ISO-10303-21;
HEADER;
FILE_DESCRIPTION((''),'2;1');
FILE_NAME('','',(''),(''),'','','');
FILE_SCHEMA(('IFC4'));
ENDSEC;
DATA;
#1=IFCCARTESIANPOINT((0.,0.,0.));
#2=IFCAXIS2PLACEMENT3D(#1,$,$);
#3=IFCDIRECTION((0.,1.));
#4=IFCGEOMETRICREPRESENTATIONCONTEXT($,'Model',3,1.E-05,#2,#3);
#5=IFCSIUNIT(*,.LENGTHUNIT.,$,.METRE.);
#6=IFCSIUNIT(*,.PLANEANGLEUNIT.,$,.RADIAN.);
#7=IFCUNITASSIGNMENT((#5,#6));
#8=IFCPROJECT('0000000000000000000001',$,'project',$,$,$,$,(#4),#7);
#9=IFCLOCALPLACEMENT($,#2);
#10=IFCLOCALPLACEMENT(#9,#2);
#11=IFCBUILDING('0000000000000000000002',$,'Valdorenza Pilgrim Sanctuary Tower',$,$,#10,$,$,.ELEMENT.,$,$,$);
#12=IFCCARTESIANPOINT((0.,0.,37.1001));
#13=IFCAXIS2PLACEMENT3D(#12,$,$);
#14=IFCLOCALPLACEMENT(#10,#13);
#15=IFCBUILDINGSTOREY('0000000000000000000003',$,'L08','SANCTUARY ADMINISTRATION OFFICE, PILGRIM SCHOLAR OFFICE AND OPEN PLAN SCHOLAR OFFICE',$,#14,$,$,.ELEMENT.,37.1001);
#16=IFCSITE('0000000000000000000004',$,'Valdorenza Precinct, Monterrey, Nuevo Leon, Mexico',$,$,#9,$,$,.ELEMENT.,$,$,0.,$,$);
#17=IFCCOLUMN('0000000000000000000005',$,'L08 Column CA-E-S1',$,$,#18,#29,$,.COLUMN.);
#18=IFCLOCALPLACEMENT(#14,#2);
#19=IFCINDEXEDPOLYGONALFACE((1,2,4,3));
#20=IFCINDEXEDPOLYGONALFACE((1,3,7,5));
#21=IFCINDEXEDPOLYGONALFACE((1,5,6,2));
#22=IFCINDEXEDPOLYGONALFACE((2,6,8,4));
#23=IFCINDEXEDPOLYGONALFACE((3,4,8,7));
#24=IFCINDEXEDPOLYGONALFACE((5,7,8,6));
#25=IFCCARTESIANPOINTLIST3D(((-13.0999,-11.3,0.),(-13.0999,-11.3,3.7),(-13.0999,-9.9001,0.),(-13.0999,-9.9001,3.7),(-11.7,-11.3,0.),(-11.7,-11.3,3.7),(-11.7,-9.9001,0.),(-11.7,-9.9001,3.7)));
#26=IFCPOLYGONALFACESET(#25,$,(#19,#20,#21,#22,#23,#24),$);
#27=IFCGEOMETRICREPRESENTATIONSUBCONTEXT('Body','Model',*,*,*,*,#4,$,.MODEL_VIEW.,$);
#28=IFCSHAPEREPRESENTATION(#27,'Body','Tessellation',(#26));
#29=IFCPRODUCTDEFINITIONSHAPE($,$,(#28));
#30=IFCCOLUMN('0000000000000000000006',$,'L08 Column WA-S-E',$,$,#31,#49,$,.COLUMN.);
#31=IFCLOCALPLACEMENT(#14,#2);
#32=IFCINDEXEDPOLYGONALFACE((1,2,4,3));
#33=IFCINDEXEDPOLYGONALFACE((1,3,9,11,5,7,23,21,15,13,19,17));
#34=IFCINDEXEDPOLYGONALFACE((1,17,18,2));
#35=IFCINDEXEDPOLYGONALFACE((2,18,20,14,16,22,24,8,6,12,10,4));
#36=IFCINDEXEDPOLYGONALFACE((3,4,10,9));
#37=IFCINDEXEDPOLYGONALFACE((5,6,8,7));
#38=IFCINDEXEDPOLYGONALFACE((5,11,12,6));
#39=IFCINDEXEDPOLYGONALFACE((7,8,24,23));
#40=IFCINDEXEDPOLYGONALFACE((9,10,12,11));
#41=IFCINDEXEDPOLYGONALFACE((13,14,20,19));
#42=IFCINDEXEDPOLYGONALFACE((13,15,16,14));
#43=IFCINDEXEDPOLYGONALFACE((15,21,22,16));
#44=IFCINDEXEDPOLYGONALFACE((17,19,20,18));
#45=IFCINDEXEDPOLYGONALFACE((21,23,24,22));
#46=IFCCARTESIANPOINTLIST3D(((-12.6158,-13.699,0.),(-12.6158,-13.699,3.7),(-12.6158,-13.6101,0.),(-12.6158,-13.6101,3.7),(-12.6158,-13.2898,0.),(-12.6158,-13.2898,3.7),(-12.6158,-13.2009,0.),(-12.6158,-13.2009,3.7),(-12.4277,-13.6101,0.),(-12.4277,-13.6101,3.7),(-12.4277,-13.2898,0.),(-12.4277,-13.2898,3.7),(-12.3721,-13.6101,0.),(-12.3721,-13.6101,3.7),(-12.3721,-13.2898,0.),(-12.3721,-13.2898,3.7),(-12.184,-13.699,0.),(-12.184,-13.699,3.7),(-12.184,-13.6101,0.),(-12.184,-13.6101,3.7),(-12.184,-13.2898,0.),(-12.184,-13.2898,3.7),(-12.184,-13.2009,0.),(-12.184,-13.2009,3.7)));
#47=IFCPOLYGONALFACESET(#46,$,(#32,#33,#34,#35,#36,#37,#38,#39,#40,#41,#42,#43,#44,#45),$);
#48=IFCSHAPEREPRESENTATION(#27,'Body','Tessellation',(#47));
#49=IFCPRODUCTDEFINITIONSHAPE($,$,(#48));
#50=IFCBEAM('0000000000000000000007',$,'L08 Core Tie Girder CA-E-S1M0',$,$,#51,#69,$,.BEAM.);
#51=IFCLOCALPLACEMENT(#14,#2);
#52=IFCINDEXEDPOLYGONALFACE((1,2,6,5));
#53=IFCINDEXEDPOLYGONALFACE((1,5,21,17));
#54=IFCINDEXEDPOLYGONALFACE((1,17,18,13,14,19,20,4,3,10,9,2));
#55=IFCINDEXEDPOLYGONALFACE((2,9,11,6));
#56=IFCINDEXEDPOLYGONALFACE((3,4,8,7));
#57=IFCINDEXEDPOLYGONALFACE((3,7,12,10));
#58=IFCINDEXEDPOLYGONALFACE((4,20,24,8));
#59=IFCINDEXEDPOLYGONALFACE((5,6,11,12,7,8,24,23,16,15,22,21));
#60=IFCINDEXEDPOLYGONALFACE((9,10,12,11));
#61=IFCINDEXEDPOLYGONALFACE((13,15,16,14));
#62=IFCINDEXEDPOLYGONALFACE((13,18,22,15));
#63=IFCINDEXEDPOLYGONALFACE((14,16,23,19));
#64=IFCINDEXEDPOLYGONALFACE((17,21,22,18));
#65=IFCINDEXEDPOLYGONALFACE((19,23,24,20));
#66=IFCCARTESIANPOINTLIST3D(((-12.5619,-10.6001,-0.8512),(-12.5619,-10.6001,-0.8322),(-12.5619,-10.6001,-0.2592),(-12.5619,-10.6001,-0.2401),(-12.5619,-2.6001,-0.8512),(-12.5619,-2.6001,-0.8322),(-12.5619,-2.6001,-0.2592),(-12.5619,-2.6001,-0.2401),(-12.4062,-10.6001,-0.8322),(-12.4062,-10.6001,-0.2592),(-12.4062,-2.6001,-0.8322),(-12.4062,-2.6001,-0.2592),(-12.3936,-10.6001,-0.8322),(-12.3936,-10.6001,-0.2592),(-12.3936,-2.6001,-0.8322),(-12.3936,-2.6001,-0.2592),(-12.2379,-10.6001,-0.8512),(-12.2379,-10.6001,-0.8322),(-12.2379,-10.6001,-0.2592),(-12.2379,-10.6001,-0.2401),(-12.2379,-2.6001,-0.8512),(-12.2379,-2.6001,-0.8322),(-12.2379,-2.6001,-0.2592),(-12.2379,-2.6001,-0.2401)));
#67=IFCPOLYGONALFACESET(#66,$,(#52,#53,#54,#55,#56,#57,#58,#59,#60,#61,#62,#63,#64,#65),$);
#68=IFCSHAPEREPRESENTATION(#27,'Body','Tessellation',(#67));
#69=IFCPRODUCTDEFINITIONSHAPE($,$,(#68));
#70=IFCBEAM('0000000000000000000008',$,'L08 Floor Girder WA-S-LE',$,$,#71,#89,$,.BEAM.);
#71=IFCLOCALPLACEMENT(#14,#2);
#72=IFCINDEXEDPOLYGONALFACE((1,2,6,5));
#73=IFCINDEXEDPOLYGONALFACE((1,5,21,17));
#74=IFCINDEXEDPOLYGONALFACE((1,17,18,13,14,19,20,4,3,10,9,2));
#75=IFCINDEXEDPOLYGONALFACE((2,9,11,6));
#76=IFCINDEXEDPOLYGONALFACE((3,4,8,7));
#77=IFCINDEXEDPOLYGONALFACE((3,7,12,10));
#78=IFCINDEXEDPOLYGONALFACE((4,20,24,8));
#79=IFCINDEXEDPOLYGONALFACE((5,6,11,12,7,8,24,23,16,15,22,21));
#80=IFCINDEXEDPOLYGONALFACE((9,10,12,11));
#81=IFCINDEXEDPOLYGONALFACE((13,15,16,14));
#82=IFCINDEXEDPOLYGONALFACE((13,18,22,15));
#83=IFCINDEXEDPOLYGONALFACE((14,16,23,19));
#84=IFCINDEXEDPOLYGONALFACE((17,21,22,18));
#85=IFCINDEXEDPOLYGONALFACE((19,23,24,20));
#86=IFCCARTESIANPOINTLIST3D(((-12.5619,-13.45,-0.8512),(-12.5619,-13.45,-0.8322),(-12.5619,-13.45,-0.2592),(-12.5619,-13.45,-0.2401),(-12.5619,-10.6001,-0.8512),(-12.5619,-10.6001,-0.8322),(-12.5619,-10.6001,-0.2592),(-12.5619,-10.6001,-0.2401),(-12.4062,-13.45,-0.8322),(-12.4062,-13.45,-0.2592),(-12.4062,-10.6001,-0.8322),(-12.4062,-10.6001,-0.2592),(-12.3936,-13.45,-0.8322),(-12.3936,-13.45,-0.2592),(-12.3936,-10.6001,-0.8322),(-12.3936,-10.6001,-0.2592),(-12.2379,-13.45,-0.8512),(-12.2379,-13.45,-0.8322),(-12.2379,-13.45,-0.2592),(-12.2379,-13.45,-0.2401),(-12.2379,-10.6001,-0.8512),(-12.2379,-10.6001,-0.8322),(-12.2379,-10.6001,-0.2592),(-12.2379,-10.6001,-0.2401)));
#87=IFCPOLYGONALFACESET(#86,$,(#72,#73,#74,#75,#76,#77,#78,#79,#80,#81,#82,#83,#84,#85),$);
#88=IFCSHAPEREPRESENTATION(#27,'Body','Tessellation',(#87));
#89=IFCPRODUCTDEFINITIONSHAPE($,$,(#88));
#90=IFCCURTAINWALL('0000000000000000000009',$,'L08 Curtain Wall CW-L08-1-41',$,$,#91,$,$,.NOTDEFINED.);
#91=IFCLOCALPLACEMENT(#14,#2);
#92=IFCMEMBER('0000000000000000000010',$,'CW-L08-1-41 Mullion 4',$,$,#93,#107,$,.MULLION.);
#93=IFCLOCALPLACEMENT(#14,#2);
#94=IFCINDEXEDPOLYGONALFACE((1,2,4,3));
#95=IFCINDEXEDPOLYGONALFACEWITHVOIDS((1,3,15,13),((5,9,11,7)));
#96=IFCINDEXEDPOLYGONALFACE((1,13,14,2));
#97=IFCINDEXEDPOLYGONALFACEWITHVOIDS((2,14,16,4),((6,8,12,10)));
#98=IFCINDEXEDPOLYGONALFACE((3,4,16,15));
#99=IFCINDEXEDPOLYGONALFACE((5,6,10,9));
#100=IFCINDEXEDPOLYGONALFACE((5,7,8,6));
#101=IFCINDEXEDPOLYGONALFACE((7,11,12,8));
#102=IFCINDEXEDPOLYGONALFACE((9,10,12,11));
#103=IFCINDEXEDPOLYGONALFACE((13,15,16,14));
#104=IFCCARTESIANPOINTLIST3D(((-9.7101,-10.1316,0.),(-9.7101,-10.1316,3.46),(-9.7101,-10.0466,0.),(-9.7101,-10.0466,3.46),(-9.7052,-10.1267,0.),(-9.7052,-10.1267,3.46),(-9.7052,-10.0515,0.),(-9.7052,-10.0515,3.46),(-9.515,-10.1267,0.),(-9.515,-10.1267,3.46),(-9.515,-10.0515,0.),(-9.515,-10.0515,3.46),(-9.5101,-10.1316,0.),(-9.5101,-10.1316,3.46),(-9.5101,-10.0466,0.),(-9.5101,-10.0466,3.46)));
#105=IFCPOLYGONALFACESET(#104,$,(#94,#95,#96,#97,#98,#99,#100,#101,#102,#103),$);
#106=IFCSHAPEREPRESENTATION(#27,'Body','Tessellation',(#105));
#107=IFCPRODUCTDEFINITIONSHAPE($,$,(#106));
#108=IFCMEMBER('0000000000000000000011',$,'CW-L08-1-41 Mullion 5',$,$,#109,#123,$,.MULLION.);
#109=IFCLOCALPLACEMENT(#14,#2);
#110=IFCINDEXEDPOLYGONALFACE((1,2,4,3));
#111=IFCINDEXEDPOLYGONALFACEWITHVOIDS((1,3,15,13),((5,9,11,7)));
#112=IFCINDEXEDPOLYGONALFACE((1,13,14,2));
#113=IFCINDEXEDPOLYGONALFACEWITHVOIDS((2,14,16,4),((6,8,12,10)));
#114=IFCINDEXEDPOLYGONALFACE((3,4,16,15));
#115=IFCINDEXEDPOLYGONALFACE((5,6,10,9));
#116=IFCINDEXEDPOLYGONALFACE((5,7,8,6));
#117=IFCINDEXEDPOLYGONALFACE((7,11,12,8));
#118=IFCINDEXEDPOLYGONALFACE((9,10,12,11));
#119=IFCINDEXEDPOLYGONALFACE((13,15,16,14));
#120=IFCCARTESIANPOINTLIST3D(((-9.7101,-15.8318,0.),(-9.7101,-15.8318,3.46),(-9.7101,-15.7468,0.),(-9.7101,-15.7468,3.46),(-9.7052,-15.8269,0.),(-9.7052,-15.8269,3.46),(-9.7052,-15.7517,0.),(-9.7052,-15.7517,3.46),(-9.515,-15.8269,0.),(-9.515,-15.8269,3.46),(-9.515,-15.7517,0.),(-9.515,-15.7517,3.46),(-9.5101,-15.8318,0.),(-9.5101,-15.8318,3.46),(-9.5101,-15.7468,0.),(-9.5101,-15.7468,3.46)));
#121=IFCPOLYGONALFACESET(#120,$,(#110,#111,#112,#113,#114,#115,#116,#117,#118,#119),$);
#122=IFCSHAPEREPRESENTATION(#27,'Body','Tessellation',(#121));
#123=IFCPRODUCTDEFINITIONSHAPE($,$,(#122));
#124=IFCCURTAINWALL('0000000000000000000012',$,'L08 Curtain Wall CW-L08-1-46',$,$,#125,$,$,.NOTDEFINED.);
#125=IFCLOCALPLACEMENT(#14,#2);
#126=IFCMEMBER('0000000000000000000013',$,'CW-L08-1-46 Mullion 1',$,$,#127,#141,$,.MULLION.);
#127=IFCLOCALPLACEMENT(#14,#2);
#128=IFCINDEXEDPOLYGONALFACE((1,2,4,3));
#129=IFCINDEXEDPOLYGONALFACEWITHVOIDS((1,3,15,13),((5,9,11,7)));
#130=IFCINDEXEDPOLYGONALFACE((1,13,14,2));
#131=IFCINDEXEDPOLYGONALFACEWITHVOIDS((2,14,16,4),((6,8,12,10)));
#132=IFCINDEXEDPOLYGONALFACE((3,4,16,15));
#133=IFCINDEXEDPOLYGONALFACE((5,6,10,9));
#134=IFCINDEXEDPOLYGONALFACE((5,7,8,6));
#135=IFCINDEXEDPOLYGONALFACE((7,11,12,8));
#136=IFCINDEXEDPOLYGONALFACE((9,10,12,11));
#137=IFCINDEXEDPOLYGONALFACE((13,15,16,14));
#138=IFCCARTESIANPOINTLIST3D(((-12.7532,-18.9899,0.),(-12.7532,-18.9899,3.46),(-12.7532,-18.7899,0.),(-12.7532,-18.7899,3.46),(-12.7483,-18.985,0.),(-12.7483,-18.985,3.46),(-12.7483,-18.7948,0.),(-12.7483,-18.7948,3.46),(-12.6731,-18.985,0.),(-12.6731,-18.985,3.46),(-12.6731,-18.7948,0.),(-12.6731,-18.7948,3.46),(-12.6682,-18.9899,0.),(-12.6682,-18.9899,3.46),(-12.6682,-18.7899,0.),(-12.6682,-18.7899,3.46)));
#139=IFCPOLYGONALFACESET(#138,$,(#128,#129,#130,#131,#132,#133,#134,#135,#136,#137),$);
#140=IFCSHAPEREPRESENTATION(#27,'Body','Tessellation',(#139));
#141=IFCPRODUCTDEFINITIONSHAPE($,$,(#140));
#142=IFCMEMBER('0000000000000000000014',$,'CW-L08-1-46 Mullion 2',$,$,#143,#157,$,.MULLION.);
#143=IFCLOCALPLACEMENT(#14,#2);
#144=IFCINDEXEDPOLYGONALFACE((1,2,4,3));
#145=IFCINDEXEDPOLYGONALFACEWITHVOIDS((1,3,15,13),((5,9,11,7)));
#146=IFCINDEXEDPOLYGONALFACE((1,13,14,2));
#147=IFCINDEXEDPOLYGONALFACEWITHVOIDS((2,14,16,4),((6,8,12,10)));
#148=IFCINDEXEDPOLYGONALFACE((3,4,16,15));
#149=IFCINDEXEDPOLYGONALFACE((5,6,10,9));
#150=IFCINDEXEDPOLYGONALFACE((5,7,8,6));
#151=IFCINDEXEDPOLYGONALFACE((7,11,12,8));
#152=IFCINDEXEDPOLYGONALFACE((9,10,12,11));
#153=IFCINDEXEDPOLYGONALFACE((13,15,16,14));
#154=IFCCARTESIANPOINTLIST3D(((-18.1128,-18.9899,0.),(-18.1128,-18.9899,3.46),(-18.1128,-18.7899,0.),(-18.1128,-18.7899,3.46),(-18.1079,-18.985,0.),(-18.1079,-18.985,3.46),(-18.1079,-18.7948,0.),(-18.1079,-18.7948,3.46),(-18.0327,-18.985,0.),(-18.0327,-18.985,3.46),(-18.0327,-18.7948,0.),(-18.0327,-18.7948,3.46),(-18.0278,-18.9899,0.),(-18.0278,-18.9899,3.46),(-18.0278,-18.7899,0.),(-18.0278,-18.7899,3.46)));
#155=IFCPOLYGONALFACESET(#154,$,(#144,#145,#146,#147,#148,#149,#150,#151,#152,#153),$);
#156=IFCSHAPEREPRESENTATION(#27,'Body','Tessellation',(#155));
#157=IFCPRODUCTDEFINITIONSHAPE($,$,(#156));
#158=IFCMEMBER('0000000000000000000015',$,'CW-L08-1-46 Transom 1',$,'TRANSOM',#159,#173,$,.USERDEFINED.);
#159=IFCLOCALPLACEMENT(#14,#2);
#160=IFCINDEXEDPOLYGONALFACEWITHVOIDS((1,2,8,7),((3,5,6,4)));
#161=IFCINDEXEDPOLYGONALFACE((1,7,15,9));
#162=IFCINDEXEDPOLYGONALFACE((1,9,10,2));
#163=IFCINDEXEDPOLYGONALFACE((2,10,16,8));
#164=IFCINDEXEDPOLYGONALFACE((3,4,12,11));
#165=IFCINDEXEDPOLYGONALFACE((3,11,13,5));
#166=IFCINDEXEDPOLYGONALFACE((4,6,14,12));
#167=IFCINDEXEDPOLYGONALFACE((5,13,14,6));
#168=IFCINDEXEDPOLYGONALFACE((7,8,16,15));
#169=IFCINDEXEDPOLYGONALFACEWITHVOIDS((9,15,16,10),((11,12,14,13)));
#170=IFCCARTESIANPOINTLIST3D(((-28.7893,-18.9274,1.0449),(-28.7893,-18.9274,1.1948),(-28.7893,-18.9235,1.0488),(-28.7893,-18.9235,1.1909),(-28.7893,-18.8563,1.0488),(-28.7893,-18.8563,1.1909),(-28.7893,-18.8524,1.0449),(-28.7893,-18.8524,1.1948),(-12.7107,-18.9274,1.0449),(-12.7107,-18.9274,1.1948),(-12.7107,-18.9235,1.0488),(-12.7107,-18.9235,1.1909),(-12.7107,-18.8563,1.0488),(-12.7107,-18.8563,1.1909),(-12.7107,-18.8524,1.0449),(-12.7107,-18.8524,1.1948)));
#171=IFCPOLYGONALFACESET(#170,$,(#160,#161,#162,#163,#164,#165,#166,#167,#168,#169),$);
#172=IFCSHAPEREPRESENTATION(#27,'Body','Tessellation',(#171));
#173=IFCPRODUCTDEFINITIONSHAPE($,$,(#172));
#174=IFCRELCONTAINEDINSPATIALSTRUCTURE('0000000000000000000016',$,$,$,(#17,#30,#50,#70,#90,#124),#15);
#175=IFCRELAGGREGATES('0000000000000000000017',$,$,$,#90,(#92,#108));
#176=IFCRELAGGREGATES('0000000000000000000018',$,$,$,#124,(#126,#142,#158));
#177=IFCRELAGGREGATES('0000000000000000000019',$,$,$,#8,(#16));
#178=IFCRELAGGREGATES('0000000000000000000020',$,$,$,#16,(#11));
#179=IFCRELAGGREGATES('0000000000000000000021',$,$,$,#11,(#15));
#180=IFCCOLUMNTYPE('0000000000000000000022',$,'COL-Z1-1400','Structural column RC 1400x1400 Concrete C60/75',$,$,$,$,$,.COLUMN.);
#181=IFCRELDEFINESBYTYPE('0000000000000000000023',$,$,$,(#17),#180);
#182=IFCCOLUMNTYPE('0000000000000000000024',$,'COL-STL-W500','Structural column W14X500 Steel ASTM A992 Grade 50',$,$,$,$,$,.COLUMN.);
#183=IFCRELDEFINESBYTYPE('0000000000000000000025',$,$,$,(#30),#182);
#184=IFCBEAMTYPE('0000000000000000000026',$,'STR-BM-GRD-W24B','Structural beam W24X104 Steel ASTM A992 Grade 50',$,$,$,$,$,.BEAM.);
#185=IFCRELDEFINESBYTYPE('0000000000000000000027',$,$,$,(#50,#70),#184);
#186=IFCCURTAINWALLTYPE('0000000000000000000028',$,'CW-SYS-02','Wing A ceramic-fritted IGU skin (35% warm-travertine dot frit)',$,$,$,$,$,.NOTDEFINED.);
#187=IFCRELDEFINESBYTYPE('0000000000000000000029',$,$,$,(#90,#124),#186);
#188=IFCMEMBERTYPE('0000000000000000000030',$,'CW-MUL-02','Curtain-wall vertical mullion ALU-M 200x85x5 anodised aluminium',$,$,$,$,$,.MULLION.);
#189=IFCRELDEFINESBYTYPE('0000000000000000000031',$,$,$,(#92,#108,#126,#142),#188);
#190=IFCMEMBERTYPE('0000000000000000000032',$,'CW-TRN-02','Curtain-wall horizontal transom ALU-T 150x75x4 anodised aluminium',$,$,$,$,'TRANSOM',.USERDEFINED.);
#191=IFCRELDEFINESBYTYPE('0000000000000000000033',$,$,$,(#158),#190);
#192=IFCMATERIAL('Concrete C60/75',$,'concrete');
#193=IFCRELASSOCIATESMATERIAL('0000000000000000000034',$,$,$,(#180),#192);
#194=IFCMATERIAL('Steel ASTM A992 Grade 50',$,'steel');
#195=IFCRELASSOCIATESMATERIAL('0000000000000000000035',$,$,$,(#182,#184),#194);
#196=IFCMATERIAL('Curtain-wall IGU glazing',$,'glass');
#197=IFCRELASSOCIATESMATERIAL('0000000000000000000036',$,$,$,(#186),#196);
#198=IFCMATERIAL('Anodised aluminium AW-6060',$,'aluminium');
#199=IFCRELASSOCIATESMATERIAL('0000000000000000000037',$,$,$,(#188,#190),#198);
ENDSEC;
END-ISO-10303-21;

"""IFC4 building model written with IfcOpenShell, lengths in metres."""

from ifc_helpers import new_model, si_unit, direction, frame, origin, origin_2d, place, context, subcontext, project, spatial, rectangle, hollow_rectangle, i_section, extrude, source, transform, mapped, material, material_profile, profile_set, type_object, element, aggregate, save


model = new_model("IFC4")

# Units and contexts
model_context = context("Model", 3, precision=1e-05, world=origin(), true_north=direction((0.0, 1.0)))
body_context = subcontext(model_context, "Body", "Model", "MODEL_VIEW")
ifc_project = project(units=[si_unit("LENGTHUNIT", "METRE"), si_unit("PLANEANGLEUNIT", "RADIAN")], contexts=[model_context])

# Site, building, storey
site_placement = place(None, origin())
site = spatial("IfcSite", under=ifc_project, at=site_placement, Name="Valdorenza Precinct, Monterrey, Nuevo Leon, Mexico", CompositionType="ELEMENT", RefElevation=0.0)
building_placement = place(site_placement, origin())
building = spatial("IfcBuilding", under=site, at=building_placement, Name="Valdorenza Pilgrim Sanctuary Tower", CompositionType="ELEMENT")
storey_placement = place(building_placement, frame((0.0, 0.0, 37.1001)))
storey = spatial("IfcBuildingStorey", under=building, at=storey_placement, Name="L08", Description="SANCTUARY ADMINISTRATION OFFICE, PILGRIM SCHOLAR OFFICE AND OPEN PLAN SCHOLAR OFFICE", CompositionType="ELEMENT", Elevation=37.1001)

# Columns
ifc_material_1 = material(Name="Concrete C60/75", Category="concrete")
ifc_material_profile_1 = material_profile(ifc_material_1, rectangle(XDim=1.3999, YDim=1.3999, at=origin_2d()), Name="RC 1400x1400")
ifc_profile_set_1 = profile_set([ifc_material_profile_1], Name="Concrete C60/75")
column_type_1 = type_object("IfcColumnType", Name="COL-Z1-1400", Description="Structural column RC 1400x1400 Concrete C60/75", PredefinedType="COLUMN", material=ifc_profile_set_1)
shared_shape_1 = source(origin(), body_context, "Body", "SweptSolid", [
    extrude(rectangle(XDim=1.3999, YDim=1.3999, at=origin_2d()), origin(), (0.0, 0.0, 1.0), 3.7),
])
column_1_placement = place(storey_placement, frame((-12.3999, -10.6001, 0.0), z_axis=(0.0, 0.0, 1.0), x_axis=(1.0, 0.0, 0.0)))
element("IfcColumn", 1, at=column_1_placement, inside=storey, type_object=column_type_1, Name="L08 Column CA-E-S1", PredefinedType="COLUMN", context=body_context, shape_type="MappedRepresentation", body=[
    mapped(shared_shape_1, transform((0.0, 0.0, 0.0), x_axis=(1.0, 0.0, 0.0), y_axis=(0.0, 1.0, 0.0), z_axis=(0.0, 0.0, 1.0), scale=1.0)),
])
ifc_material_2 = material(Name="Steel ASTM A992 Grade 50", Category="steel")
ifc_material_profile_2 = material_profile(ifc_material_2, i_section(OverallWidth=0.4319, OverallDepth=0.498, WebThickness=0.0557, FlangeThickness=0.0889, at=origin_2d()), Name="W14X500")
ifc_profile_set_2 = profile_set([ifc_material_profile_2], Name="Steel ASTM A992 Grade 50")
column_type_2 = type_object("IfcColumnType", Name="COL-STL-W500", Description="Structural column W14X500 Steel ASTM A992 Grade 50", PredefinedType="COLUMN", material=ifc_profile_set_2)
shared_shape_2 = source(origin(), body_context, "Body", "SweptSolid", [
    extrude(i_section(OverallWidth=0.4319, OverallDepth=0.498, WebThickness=0.0557, FlangeThickness=0.0889, at=origin_2d()), origin(), (0.0, 0.0, 1.0), 3.7),
])
column_2_placement = place(storey_placement, frame((-12.3999, -13.45, 0.0), z_axis=(0.0, 0.0, 1.0), x_axis=(1.0, 0.0, 0.0)))
element("IfcColumn", 2, at=column_2_placement, inside=storey, type_object=column_type_2, Name="L08 Column WA-S-E", PredefinedType="COLUMN", context=body_context, shape_type="MappedRepresentation", body=[
    mapped(shared_shape_2, transform((0.0, 0.0, 0.0), x_axis=(1.0, 0.0, 0.0), y_axis=(0.0, 1.0, 0.0), z_axis=(0.0, 0.0, 1.0), scale=1.0)),
])

# Beams
ifc_material_profile_3 = material_profile(ifc_material_2, i_section(OverallWidth=0.324, OverallDepth=0.6111, WebThickness=0.0127, FlangeThickness=0.019, at=origin_2d()), Name="W24X104")
ifc_profile_set_3 = profile_set([ifc_material_profile_3], Name="Steel ASTM A992 Grade 50")
beam_type = type_object("IfcBeamType", Name="STR-BM-GRD-W24B", Description="Structural beam W24X104 Steel ASTM A992 Grade 50", PredefinedType="BEAM", material=ifc_profile_set_3)
shared_shape_3 = source(origin(), body_context, "Body", "SweptSolid", [
    extrude(i_section(OverallWidth=0.324, OverallDepth=0.6111, WebThickness=0.0127, FlangeThickness=0.019, at=origin_2d()), origin(), (0.0, 0.0, 1.0), 8.0),
])
beam_1_placement = place(storey_placement, frame((-12.3999, -10.6001, -0.5457), z_axis=(0.0, 1.0, 0.0), x_axis=(-1.0, 0.0, 0.0)))
element("IfcBeam", 3, at=beam_1_placement, inside=storey, type_object=beam_type, Name="L08 Core Tie Girder CA-E-S1M0", PredefinedType="BEAM", context=body_context, shape_type="MappedRepresentation", body=[
    mapped(shared_shape_3, transform((0.0, 0.0, 0.0), x_axis=(1.0, 0.0, 0.0), y_axis=(0.0, 1.0, 0.0), z_axis=(0.0, 0.0, 1.0), scale=1.0)),
])
shared_shape_4 = source(origin(), body_context, "Body", "SweptSolid", [
    extrude(i_section(OverallWidth=0.324, OverallDepth=0.6111, WebThickness=0.0127, FlangeThickness=0.019, at=origin_2d()), origin(), (0.0, 0.0, 1.0), 2.8499),
])
beam_2_placement = place(storey_placement, frame((-12.3999, -13.45, -0.5457), z_axis=(0.0, 1.0, 0.0), x_axis=(-1.0, 0.0, 0.0)))
element("IfcBeam", 4, at=beam_2_placement, inside=storey, type_object=beam_type, Name="L08 Floor Girder WA-S-LE", PredefinedType="BEAM", context=body_context, shape_type="MappedRepresentation", body=[
    mapped(shared_shape_4, transform((0.0, 0.0, 0.0), x_axis=(1.0, 0.0, 0.0), y_axis=(0.0, 1.0, 0.0), z_axis=(0.0, 0.0, 1.0), scale=1.0)),
])

# Curtain walls, members
ifc_material_3 = material(Name="Curtain-wall IGU glazing", Category="glass")
curtain_wall_type = type_object("IfcCurtainWallType", Name="CW-SYS-02", Description="Wing A ceramic-fritted IGU skin (35% warm-travertine dot frit)", PredefinedType="NOTDEFINED", material=ifc_material_3)
curtain_wall_1_placement = place(storey_placement, origin())
curtain_wall_1 = element("IfcCurtainWall", 5, at=curtain_wall_1_placement, inside=storey, type_object=curtain_wall_type, Name="L08 Curtain Wall CW-L08-1-41", PredefinedType="NOTDEFINED")
ifc_material_4 = material(Name="Anodised aluminium AW-6060", Category="aluminium")
ifc_material_profile_4 = material_profile(ifc_material_4, hollow_rectangle(XDim=0.085, YDim=0.2, WallThickness=0.0049, at=origin_2d()), Name="ALU-M 200x85x5")
ifc_profile_set_4 = profile_set([ifc_material_profile_4], Name="Anodised aluminium AW-6060")
member_type_1 = type_object("IfcMemberType", Name="CW-MUL-02", Description="Curtain-wall vertical mullion ALU-M 200x85x5 anodised aluminium", PredefinedType="MULLION", material=ifc_profile_set_4)
shared_shape_5 = source(origin(), body_context, "Body", "SweptSolid", [
    extrude(hollow_rectangle(XDim=0.085, YDim=0.2, WallThickness=0.0049, at=origin_2d()), origin(), (0.0, 0.0, 1.0), 3.46),
])
member_1_placement = place(storey_placement, frame((-9.6101, -10.0891, 0.0), z_axis=(0.0, 0.0, 1.0), x_axis=(0.0, -1.0, 0.0)))
member_1 = element("IfcMember", 6, at=member_1_placement, type_object=member_type_1, Name="CW-L08-1-41 Mullion 4", PredefinedType="MULLION", context=body_context, shape_type="MappedRepresentation", body=[
    mapped(shared_shape_5, transform((0.0, 0.0, 0.0), x_axis=(1.0, 0.0, 0.0), y_axis=(0.0, 1.0, 0.0), z_axis=(0.0, 0.0, 1.0), scale=1.0)),
])
member_2_placement = place(storey_placement, frame((-9.6101, -15.7893, 0.0), z_axis=(0.0, 0.0, 1.0), x_axis=(0.0, -1.0, 0.0)))
member_2 = element("IfcMember", 7, at=member_2_placement, type_object=member_type_1, Name="CW-L08-1-41 Mullion 5", PredefinedType="MULLION", context=body_context, shape_type="MappedRepresentation", body=[
    mapped(shared_shape_5, transform((0.0, 0.0, 0.0), x_axis=(1.0, 0.0, 0.0), y_axis=(0.0, 1.0, 0.0), z_axis=(0.0, 0.0, 1.0), scale=1.0)),
])
curtain_wall_2_placement = place(storey_placement, origin())
curtain_wall_2 = element("IfcCurtainWall", 8, at=curtain_wall_2_placement, inside=storey, type_object=curtain_wall_type, Name="L08 Curtain Wall CW-L08-1-46", PredefinedType="NOTDEFINED")
member_3_placement = place(storey_placement, frame((-12.7107, -18.8899, 0.0), z_axis=(0.0, 0.0, 1.0), x_axis=(-1.0, 0.0, 0.0)))
member_3 = element("IfcMember", 9, at=member_3_placement, type_object=member_type_1, Name="CW-L08-1-46 Mullion 1", PredefinedType="MULLION", context=body_context, shape_type="MappedRepresentation", body=[
    mapped(shared_shape_5, transform((0.0, 0.0, 0.0), x_axis=(1.0, 0.0, 0.0), y_axis=(0.0, 1.0, 0.0), z_axis=(0.0, 0.0, 1.0), scale=1.0)),
])
member_4_placement = place(storey_placement, frame((-18.0703, -18.8899, 0.0), z_axis=(0.0, 0.0, 1.0), x_axis=(-1.0, 0.0, 0.0)))
member_4 = element("IfcMember", 10, at=member_4_placement, type_object=member_type_1, Name="CW-L08-1-46 Mullion 2", PredefinedType="MULLION", context=body_context, shape_type="MappedRepresentation", body=[
    mapped(shared_shape_5, transform((0.0, 0.0, 0.0), x_axis=(1.0, 0.0, 0.0), y_axis=(0.0, 1.0, 0.0), z_axis=(0.0, 0.0, 1.0), scale=1.0)),
])
ifc_material_profile_5 = material_profile(ifc_material_4, hollow_rectangle(XDim=0.075, YDim=0.1499, WallThickness=0.0039, at=origin_2d()), Name="ALU-T 150x75x4")
ifc_profile_set_5 = profile_set([ifc_material_profile_5], Name="Anodised aluminium AW-6060")
member_type_2 = type_object("IfcMemberType", Name="CW-TRN-02", Description="Curtain-wall horizontal transom ALU-T 150x75x4 anodised aluminium", ElementType="TRANSOM", PredefinedType="USERDEFINED", material=ifc_profile_set_5)
shared_shape_6 = source(origin(), body_context, "Body", "SweptSolid", [
    extrude(hollow_rectangle(XDim=0.075, YDim=0.1499, WallThickness=0.0039, at=origin_2d()), origin(), (0.0, 0.0, 1.0), 16.0786),
])
member_5_placement = place(storey_placement, frame((-12.7107, -18.8899, 1.1199), z_axis=(-1.0, 0.0, 0.0), x_axis=(0.0, -1.0, 0.0)))
member_5 = element("IfcMember", 11, at=member_5_placement, type_object=member_type_2, Name="CW-L08-1-46 Transom 1", ObjectType="TRANSOM", PredefinedType="USERDEFINED", context=body_context, shape_type="MappedRepresentation", body=[
    mapped(shared_shape_6, transform((0.0, 0.0, 0.0), x_axis=(1.0, 0.0, 0.0), y_axis=(0.0, 1.0, 0.0), z_axis=(0.0, 0.0, 1.0), scale=1.0)),
])

aggregate(curtain_wall_1, [member_1, member_2])
aggregate(curtain_wall_2, [member_3, member_4, member_5])

save(model, "model.ifc")
